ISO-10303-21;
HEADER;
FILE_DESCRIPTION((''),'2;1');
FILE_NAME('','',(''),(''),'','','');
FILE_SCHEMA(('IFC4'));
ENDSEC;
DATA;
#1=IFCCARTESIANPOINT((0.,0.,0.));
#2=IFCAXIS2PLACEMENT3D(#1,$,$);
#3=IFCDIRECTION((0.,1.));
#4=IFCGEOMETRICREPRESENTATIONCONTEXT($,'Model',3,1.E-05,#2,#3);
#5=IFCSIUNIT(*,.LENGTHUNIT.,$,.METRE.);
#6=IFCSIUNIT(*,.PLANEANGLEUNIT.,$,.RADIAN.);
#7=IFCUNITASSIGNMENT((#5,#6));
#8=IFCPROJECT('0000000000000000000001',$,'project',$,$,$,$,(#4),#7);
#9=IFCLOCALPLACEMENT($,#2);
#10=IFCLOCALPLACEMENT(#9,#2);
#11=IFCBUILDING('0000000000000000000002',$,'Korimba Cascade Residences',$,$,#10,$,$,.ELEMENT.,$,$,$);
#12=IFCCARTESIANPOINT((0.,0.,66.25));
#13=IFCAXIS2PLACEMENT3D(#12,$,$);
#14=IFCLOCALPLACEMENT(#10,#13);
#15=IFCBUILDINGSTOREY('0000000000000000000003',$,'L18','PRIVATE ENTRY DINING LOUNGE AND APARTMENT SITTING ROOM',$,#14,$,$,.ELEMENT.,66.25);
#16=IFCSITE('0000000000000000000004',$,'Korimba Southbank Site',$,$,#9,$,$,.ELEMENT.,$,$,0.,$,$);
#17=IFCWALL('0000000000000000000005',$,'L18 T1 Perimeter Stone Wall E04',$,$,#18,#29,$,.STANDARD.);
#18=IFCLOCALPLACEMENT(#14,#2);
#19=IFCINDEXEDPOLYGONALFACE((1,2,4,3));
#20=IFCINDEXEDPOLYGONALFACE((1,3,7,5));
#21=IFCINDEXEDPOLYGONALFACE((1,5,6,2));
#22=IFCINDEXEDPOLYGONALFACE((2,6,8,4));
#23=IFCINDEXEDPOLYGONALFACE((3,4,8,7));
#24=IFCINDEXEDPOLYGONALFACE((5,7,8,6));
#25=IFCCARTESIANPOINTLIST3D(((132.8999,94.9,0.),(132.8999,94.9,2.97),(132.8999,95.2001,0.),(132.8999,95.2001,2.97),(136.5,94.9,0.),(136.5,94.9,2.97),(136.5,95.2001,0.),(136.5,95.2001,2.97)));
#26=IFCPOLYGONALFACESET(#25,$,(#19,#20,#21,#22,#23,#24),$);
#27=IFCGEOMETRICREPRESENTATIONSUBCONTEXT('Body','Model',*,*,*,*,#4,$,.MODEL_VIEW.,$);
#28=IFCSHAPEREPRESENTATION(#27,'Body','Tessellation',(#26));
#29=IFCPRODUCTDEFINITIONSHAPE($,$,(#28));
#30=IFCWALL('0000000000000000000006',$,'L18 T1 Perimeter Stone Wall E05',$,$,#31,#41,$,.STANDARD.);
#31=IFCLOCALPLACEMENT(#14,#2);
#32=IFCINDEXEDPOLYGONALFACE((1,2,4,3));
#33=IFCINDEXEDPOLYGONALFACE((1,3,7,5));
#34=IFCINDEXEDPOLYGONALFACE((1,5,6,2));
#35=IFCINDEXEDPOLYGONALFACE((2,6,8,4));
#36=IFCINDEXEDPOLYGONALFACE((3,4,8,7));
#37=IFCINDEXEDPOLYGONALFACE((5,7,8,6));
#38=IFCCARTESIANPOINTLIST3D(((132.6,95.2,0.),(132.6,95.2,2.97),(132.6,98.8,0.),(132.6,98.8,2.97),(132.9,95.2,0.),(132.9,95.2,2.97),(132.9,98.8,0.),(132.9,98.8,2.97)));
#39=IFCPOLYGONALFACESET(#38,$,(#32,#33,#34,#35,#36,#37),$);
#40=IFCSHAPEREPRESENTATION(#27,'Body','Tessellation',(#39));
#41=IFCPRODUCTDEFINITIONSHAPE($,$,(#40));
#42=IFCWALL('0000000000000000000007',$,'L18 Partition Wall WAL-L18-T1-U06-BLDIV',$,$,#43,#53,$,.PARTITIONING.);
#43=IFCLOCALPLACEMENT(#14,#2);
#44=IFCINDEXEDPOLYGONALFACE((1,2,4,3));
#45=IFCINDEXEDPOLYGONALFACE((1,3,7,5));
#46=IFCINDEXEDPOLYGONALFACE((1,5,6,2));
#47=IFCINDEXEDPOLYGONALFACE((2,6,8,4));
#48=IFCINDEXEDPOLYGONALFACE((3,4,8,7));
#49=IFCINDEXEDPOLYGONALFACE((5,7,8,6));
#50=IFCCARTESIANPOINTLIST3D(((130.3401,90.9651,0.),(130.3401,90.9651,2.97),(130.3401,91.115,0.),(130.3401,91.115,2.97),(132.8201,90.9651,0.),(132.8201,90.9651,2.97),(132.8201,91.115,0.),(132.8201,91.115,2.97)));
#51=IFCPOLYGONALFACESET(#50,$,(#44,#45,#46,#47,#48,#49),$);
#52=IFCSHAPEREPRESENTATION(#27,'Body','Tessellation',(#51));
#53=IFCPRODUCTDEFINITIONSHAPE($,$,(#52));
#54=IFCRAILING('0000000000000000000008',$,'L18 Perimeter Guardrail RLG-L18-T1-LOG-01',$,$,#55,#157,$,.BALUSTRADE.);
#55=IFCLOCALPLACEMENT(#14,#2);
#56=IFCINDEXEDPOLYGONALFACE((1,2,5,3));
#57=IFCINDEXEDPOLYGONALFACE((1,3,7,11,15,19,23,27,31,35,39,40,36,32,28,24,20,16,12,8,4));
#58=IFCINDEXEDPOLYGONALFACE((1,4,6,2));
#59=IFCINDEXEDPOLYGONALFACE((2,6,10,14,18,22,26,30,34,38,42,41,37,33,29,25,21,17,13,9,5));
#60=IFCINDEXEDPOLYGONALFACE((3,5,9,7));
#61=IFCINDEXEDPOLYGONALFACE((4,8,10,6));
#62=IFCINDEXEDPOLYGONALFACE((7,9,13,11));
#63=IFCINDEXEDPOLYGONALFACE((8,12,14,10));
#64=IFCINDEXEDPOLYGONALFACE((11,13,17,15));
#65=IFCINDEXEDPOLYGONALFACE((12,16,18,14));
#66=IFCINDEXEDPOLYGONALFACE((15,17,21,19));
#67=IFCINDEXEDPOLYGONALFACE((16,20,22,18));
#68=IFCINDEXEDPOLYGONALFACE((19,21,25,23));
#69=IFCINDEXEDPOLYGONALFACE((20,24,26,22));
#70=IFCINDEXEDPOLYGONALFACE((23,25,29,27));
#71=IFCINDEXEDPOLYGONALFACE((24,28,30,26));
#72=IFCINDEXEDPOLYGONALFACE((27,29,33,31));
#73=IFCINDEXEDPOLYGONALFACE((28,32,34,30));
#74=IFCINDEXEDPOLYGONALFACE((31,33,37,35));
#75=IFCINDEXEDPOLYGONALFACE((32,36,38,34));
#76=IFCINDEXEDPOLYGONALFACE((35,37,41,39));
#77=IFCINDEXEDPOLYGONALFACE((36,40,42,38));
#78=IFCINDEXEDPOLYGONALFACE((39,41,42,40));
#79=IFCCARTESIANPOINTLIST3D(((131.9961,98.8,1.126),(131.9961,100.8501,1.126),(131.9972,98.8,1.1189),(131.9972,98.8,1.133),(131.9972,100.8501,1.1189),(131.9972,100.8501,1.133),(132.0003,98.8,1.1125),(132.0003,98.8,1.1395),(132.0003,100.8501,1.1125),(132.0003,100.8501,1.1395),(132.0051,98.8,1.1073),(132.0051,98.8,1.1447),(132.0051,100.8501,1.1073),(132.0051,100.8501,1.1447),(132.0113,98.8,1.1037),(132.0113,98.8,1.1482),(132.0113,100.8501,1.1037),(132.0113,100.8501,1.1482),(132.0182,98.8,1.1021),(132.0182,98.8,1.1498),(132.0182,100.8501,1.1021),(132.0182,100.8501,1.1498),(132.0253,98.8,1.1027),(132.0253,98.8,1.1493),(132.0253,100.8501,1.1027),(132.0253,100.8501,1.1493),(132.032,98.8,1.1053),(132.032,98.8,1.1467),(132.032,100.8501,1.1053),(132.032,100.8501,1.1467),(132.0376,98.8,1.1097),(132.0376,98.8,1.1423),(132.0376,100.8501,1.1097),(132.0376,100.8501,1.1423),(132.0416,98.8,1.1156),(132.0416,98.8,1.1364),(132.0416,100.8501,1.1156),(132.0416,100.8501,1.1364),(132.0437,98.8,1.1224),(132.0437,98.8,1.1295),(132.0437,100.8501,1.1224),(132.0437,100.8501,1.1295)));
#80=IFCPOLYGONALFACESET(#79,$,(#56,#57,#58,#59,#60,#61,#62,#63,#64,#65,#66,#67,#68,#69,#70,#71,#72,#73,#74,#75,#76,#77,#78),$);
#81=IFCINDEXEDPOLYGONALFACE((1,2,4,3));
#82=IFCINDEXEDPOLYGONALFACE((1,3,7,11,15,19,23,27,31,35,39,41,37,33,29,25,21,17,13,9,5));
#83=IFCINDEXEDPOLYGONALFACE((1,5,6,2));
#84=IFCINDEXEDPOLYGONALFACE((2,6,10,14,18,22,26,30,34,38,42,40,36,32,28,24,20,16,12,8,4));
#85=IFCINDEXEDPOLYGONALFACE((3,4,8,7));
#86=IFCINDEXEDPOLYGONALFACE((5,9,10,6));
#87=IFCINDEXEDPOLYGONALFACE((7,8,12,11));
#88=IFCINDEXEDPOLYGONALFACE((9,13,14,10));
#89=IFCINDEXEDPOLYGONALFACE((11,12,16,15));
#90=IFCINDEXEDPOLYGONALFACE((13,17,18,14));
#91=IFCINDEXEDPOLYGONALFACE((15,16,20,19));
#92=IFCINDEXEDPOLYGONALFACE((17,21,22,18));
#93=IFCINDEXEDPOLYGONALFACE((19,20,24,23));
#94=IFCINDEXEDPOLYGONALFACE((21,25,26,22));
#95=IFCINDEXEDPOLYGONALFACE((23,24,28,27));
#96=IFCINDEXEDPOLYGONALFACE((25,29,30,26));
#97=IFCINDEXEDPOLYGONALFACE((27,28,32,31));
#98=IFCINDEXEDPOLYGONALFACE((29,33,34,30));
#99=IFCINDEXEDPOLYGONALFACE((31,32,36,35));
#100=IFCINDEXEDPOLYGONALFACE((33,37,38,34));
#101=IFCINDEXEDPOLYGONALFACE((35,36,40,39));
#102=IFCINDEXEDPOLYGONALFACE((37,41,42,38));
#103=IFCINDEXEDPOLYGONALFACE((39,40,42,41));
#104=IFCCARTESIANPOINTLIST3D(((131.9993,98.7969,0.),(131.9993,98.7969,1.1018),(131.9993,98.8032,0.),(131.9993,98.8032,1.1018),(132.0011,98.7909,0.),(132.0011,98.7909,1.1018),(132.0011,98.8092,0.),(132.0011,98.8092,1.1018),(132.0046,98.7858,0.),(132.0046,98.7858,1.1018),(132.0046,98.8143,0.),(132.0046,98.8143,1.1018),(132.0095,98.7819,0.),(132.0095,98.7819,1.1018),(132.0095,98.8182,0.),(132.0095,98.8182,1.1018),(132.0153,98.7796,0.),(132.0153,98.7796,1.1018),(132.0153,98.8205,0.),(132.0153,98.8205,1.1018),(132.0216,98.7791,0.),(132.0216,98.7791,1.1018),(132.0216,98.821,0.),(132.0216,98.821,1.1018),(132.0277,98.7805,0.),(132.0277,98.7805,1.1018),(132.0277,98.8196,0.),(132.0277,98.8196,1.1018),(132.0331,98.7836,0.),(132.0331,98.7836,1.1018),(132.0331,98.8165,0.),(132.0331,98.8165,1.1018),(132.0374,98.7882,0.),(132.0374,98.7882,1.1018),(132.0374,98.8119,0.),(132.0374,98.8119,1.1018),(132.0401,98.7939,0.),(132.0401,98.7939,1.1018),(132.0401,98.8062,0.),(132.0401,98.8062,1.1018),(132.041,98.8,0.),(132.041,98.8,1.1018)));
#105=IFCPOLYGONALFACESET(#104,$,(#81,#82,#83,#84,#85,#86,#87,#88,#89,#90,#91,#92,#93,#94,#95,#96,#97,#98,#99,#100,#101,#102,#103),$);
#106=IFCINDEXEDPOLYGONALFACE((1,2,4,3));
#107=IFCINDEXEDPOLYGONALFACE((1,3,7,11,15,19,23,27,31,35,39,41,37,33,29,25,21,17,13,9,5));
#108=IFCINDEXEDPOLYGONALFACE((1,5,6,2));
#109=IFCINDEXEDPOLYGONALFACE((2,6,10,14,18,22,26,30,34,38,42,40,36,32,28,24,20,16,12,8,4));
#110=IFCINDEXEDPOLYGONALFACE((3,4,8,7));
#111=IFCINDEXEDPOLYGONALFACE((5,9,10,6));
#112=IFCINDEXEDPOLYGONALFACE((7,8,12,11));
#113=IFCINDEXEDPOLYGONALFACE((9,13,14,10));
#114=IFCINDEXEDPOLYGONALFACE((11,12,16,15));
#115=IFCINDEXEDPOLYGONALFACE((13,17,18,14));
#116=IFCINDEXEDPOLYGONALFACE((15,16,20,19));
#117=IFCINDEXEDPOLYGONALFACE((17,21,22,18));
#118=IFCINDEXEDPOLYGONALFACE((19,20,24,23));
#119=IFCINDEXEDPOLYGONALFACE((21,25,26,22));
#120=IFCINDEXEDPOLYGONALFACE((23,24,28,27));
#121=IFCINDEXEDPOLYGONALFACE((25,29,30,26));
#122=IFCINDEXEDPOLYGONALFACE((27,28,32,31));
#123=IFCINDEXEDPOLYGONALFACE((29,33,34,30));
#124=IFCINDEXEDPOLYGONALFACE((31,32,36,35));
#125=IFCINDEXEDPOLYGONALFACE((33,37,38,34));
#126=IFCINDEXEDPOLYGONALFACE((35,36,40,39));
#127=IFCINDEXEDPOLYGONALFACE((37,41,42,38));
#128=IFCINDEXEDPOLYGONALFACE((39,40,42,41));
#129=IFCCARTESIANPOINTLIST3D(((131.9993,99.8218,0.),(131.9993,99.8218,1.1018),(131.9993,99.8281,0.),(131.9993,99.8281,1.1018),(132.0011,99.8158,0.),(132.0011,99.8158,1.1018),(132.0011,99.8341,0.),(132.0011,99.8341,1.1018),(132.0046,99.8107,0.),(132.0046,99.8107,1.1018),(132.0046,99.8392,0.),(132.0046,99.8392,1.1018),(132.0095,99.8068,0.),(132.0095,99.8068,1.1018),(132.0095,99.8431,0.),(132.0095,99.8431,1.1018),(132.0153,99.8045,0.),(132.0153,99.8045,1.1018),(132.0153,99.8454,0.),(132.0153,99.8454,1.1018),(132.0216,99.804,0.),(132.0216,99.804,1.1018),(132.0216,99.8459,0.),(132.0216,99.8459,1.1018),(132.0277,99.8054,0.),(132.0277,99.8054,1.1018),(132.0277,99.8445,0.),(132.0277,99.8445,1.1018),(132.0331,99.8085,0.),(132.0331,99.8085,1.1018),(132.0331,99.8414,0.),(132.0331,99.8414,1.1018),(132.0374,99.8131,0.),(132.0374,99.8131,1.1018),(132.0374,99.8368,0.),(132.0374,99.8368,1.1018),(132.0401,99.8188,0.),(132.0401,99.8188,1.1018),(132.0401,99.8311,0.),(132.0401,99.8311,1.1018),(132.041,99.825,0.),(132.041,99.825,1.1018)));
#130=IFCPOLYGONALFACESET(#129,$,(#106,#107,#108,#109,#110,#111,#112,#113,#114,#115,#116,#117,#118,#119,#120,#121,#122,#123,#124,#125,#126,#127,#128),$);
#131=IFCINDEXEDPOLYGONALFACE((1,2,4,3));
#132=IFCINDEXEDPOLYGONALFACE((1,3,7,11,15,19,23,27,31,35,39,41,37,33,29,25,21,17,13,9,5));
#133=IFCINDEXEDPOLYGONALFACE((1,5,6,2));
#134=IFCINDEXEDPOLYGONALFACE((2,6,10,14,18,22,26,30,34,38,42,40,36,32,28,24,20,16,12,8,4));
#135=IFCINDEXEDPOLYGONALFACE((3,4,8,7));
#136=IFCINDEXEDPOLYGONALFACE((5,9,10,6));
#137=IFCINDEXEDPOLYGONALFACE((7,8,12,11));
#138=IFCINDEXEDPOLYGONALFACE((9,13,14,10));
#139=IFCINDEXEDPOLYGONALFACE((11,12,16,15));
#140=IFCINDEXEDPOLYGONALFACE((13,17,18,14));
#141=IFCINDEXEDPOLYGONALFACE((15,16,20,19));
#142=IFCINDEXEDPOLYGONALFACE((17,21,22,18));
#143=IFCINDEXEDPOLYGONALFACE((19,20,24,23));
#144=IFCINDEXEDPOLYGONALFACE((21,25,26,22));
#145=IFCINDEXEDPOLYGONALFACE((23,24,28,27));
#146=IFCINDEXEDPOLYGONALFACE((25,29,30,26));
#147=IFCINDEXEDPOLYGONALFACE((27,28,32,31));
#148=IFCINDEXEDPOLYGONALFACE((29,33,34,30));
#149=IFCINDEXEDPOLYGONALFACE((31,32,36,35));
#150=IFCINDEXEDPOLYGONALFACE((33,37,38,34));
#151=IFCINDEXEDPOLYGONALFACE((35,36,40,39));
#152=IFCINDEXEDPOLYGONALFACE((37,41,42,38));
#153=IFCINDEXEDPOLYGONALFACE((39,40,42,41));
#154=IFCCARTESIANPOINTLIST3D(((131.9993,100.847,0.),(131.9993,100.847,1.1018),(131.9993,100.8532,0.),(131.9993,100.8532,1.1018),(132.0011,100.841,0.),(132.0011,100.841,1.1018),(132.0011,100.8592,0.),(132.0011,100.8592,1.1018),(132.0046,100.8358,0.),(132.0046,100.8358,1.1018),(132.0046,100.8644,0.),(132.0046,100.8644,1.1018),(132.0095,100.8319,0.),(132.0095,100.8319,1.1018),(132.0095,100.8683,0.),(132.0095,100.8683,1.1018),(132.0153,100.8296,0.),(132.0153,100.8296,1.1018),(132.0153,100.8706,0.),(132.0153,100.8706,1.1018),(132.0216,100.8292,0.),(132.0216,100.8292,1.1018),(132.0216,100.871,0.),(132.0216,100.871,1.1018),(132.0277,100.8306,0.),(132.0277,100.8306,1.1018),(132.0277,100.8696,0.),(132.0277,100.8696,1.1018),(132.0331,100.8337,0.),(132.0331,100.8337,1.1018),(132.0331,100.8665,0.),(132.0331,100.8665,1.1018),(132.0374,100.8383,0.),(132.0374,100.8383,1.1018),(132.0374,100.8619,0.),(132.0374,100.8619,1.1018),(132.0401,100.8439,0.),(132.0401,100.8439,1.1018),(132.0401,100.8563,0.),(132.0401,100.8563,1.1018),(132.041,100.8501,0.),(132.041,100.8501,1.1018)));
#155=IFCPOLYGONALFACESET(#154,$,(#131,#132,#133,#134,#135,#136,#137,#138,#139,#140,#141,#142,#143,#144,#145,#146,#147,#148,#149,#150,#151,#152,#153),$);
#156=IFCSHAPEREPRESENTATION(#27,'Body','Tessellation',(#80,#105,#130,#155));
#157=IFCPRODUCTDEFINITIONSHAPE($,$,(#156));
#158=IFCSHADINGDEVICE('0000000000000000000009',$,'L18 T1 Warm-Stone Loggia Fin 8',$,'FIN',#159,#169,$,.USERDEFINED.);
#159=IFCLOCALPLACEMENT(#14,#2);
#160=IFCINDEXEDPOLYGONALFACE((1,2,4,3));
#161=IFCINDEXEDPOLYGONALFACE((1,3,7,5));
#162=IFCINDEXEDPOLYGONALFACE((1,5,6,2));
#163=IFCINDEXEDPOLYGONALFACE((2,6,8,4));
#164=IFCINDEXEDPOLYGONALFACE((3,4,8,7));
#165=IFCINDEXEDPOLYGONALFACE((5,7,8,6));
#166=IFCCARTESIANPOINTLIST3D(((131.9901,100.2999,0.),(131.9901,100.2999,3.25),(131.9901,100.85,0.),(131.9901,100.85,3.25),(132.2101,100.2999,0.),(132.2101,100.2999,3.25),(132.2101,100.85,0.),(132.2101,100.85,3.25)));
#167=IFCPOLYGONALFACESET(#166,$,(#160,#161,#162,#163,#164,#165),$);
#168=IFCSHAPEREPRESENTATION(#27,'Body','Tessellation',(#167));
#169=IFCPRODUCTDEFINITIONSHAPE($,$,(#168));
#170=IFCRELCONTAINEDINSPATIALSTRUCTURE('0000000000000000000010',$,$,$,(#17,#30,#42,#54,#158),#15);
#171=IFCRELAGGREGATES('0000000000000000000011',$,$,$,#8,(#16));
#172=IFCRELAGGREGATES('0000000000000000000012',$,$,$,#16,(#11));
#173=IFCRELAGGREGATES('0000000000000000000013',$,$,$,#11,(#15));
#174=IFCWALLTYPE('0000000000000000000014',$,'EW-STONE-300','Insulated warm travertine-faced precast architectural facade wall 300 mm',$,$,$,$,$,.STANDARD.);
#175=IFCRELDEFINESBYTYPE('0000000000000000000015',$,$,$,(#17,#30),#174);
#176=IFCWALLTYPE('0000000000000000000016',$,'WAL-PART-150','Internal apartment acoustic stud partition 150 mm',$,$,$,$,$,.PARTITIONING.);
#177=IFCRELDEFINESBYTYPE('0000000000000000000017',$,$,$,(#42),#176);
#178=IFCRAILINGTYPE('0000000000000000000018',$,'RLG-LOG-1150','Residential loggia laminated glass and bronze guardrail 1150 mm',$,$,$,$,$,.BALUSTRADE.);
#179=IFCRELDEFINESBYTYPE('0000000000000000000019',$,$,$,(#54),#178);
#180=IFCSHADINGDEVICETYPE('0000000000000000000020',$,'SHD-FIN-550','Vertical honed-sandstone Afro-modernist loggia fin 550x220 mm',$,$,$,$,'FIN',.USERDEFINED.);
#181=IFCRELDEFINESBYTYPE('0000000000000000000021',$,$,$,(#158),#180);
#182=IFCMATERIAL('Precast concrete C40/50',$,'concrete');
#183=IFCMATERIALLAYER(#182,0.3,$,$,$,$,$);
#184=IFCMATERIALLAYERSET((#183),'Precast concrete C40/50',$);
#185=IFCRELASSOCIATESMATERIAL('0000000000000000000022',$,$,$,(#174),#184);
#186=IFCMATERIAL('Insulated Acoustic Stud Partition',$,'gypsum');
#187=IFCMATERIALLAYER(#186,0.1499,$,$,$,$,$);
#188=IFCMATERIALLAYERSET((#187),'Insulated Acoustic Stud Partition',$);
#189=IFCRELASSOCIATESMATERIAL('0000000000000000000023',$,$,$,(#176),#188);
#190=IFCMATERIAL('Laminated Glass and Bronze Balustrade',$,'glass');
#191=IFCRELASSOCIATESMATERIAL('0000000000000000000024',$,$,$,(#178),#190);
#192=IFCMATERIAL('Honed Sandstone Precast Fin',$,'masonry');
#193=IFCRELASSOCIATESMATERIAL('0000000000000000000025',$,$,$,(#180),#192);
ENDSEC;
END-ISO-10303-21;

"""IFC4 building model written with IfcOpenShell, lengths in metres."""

from ifc_helpers import new_model, si_unit, direction, frame, frame_2d, origin, origin_2d, place, context, subcontext, project, spatial, rectangle, circle, extrude, material, layer, layer_set, type_object, element, save


model = new_model("IFC4")

# Units and contexts
model_context = context("Model", 3, precision=1e-05, world=origin(), true_north=direction((0.0, 1.0)))
body_context = subcontext(model_context, "Body", "Model", "MODEL_VIEW")
ifc_project = project(units=[si_unit("LENGTHUNIT", "METRE"), si_unit("PLANEANGLEUNIT", "RADIAN")], contexts=[model_context])

# Site, building, storey
site_placement = place(None, origin())
site = spatial("IfcSite", under=ifc_project, at=site_placement, Name="Korimba Southbank Site", CompositionType="ELEMENT", RefElevation=0.0)
building_placement = place(site_placement, origin())
building = spatial("IfcBuilding", under=site, at=building_placement, Name="Korimba Cascade Residences", CompositionType="ELEMENT")
storey_placement = place(building_placement, frame((0.0, 0.0, 66.25)))
storey = spatial("IfcBuildingStorey", under=building, at=storey_placement, Name="L18", Description="PRIVATE ENTRY DINING LOUNGE AND APARTMENT SITTING ROOM", CompositionType="ELEMENT", Elevation=66.25)

# Shared definitions
ifc_material_1 = material(Name="Precast concrete C40/50", Category="concrete")

# Walls
ifc_layer_1 = layer(ifc_material_1, 0.3)
ifc_layer_set_1 = layer_set([ifc_layer_1], Name="Precast concrete C40/50")
wall_type_1 = type_object("IfcWallType", Name="EW-STONE-300", Description="Insulated warm travertine-faced precast architectural facade wall 300 mm", PredefinedType="STANDARD", material=ifc_layer_set_1)
for number, where, z_axis, x_axis, name in (
    (1, (136.5, 95.05, 0.0), (0.0, 0.0, 1.0), (-1.0, 0.0, 0.0), "L18 T1 Perimeter Stone Wall E04"),
    (2, (132.75, 95.2, 0.0), (0.0, 0.0, 1.0), (0.0, 1.0, 0.0), "L18 T1 Perimeter Stone Wall E05"),
):
    element("IfcWall", number, at=place(storey_placement, frame(where, z_axis=z_axis, x_axis=x_axis)), inside=storey, type_object=wall_type_1, Name=name, PredefinedType="STANDARD", context=body_context, shape_type="SweptSolid", body=[
        extrude(rectangle(XDim=3.6001, YDim=0.3, at=frame_2d((1.8, 0.0))), origin(), (0.0, 0.0, 1.0), 2.97),
    ])
ifc_material_2 = material(Name="Insulated Acoustic Stud Partition", Category="gypsum")
ifc_layer_2 = layer(ifc_material_2, 0.1499)
ifc_layer_set_2 = layer_set([ifc_layer_2], Name="Insulated Acoustic Stud Partition")
wall_type_2 = type_object("IfcWallType", Name="WAL-PART-150", Description="Internal apartment acoustic stud partition 150 mm", PredefinedType="PARTITIONING", material=ifc_layer_set_2)
wall_1_placement = place(storey_placement, frame((130.3401, 91.04, 0.0), z_axis=(0.0, 0.0, 1.0), x_axis=(1.0, 0.0, 0.0)))
element("IfcWall", 3, at=wall_1_placement, inside=storey, type_object=wall_type_2, Name="L18 Partition Wall WAL-L18-T1-U06-BLDIV", PredefinedType="PARTITIONING", context=body_context, shape_type="SweptSolid", body=[
    extrude(rectangle(XDim=2.48, YDim=0.1499, at=frame_2d((1.24, 0.0))), origin(), (0.0, 0.0, 1.0), 2.97),
])

# Railing
ifc_material_3 = material(Name="Laminated Glass and Bronze Balustrade", Category="glass")
railing_type = type_object("IfcRailingType", Name="RLG-LOG-1150", Description="Residential loggia laminated glass and bronze guardrail 1150 mm", PredefinedType="BALUSTRADE", material=ifc_material_3)
railing_1_placement = place(storey_placement, frame((132.02, 98.8, 0.0)))
element("IfcRailing", 4, at=railing_1_placement, inside=storey, type_object=railing_type, Name="L18 Perimeter Guardrail RLG-L18-T1-LOG-01", PredefinedType="BALUSTRADE", context=body_context, shape_type="SweptSolid", body=[
    extrude(circle(Radius=0.0239, at=origin_2d()), frame((0.0, 0.0, 1.126), z_axis=(0.0, 1.0, 0.0), x_axis=(-1.0, 0.0, 0.0)), (0.0, 0.0, 1.0), 2.05),
    extrude(circle(Radius=0.021, at=origin_2d()), origin(), (0.0, 0.0, 1.0), 1.1018),
    extrude(circle(Radius=0.021, at=origin_2d()), frame((0.0, 1.0249, 0.0)), (0.0, 0.0, 1.0), 1.1018),
    extrude(circle(Radius=0.021, at=origin_2d()), frame((0.0, 2.05, 0.0)), (0.0, 0.0, 1.0), 1.1018),
])

# Shading device
ifc_material_4 = material(Name="Honed Sandstone Precast Fin", Category="masonry")
shading_device_type = type_object("IfcShadingDeviceType", Name="SHD-FIN-550", Description="Vertical honed-sandstone Afro-modernist loggia fin 550x220 mm", ElementType="FIN", PredefinedType="USERDEFINED", material=ifc_material_4)
shading_device_placement = place(storey_placement, frame((132.1001, 100.575, 0.0), z_axis=(0.0, 0.0, 1.0), x_axis=(1.0, 0.0, 0.0)))
element("IfcShadingDevice", 5, at=shading_device_placement, inside=storey, type_object=shading_device_type, Name="L18 T1 Warm-Stone Loggia Fin 8", ObjectType="FIN", PredefinedType="USERDEFINED", context=body_context, shape_type="SweptSolid", body=[
    extrude(rectangle(XDim=0.22, YDim=0.55, at=origin_2d()), origin(), (0.0, 0.0, 1.0), 3.25),
])

save(model, "model.ifc")
